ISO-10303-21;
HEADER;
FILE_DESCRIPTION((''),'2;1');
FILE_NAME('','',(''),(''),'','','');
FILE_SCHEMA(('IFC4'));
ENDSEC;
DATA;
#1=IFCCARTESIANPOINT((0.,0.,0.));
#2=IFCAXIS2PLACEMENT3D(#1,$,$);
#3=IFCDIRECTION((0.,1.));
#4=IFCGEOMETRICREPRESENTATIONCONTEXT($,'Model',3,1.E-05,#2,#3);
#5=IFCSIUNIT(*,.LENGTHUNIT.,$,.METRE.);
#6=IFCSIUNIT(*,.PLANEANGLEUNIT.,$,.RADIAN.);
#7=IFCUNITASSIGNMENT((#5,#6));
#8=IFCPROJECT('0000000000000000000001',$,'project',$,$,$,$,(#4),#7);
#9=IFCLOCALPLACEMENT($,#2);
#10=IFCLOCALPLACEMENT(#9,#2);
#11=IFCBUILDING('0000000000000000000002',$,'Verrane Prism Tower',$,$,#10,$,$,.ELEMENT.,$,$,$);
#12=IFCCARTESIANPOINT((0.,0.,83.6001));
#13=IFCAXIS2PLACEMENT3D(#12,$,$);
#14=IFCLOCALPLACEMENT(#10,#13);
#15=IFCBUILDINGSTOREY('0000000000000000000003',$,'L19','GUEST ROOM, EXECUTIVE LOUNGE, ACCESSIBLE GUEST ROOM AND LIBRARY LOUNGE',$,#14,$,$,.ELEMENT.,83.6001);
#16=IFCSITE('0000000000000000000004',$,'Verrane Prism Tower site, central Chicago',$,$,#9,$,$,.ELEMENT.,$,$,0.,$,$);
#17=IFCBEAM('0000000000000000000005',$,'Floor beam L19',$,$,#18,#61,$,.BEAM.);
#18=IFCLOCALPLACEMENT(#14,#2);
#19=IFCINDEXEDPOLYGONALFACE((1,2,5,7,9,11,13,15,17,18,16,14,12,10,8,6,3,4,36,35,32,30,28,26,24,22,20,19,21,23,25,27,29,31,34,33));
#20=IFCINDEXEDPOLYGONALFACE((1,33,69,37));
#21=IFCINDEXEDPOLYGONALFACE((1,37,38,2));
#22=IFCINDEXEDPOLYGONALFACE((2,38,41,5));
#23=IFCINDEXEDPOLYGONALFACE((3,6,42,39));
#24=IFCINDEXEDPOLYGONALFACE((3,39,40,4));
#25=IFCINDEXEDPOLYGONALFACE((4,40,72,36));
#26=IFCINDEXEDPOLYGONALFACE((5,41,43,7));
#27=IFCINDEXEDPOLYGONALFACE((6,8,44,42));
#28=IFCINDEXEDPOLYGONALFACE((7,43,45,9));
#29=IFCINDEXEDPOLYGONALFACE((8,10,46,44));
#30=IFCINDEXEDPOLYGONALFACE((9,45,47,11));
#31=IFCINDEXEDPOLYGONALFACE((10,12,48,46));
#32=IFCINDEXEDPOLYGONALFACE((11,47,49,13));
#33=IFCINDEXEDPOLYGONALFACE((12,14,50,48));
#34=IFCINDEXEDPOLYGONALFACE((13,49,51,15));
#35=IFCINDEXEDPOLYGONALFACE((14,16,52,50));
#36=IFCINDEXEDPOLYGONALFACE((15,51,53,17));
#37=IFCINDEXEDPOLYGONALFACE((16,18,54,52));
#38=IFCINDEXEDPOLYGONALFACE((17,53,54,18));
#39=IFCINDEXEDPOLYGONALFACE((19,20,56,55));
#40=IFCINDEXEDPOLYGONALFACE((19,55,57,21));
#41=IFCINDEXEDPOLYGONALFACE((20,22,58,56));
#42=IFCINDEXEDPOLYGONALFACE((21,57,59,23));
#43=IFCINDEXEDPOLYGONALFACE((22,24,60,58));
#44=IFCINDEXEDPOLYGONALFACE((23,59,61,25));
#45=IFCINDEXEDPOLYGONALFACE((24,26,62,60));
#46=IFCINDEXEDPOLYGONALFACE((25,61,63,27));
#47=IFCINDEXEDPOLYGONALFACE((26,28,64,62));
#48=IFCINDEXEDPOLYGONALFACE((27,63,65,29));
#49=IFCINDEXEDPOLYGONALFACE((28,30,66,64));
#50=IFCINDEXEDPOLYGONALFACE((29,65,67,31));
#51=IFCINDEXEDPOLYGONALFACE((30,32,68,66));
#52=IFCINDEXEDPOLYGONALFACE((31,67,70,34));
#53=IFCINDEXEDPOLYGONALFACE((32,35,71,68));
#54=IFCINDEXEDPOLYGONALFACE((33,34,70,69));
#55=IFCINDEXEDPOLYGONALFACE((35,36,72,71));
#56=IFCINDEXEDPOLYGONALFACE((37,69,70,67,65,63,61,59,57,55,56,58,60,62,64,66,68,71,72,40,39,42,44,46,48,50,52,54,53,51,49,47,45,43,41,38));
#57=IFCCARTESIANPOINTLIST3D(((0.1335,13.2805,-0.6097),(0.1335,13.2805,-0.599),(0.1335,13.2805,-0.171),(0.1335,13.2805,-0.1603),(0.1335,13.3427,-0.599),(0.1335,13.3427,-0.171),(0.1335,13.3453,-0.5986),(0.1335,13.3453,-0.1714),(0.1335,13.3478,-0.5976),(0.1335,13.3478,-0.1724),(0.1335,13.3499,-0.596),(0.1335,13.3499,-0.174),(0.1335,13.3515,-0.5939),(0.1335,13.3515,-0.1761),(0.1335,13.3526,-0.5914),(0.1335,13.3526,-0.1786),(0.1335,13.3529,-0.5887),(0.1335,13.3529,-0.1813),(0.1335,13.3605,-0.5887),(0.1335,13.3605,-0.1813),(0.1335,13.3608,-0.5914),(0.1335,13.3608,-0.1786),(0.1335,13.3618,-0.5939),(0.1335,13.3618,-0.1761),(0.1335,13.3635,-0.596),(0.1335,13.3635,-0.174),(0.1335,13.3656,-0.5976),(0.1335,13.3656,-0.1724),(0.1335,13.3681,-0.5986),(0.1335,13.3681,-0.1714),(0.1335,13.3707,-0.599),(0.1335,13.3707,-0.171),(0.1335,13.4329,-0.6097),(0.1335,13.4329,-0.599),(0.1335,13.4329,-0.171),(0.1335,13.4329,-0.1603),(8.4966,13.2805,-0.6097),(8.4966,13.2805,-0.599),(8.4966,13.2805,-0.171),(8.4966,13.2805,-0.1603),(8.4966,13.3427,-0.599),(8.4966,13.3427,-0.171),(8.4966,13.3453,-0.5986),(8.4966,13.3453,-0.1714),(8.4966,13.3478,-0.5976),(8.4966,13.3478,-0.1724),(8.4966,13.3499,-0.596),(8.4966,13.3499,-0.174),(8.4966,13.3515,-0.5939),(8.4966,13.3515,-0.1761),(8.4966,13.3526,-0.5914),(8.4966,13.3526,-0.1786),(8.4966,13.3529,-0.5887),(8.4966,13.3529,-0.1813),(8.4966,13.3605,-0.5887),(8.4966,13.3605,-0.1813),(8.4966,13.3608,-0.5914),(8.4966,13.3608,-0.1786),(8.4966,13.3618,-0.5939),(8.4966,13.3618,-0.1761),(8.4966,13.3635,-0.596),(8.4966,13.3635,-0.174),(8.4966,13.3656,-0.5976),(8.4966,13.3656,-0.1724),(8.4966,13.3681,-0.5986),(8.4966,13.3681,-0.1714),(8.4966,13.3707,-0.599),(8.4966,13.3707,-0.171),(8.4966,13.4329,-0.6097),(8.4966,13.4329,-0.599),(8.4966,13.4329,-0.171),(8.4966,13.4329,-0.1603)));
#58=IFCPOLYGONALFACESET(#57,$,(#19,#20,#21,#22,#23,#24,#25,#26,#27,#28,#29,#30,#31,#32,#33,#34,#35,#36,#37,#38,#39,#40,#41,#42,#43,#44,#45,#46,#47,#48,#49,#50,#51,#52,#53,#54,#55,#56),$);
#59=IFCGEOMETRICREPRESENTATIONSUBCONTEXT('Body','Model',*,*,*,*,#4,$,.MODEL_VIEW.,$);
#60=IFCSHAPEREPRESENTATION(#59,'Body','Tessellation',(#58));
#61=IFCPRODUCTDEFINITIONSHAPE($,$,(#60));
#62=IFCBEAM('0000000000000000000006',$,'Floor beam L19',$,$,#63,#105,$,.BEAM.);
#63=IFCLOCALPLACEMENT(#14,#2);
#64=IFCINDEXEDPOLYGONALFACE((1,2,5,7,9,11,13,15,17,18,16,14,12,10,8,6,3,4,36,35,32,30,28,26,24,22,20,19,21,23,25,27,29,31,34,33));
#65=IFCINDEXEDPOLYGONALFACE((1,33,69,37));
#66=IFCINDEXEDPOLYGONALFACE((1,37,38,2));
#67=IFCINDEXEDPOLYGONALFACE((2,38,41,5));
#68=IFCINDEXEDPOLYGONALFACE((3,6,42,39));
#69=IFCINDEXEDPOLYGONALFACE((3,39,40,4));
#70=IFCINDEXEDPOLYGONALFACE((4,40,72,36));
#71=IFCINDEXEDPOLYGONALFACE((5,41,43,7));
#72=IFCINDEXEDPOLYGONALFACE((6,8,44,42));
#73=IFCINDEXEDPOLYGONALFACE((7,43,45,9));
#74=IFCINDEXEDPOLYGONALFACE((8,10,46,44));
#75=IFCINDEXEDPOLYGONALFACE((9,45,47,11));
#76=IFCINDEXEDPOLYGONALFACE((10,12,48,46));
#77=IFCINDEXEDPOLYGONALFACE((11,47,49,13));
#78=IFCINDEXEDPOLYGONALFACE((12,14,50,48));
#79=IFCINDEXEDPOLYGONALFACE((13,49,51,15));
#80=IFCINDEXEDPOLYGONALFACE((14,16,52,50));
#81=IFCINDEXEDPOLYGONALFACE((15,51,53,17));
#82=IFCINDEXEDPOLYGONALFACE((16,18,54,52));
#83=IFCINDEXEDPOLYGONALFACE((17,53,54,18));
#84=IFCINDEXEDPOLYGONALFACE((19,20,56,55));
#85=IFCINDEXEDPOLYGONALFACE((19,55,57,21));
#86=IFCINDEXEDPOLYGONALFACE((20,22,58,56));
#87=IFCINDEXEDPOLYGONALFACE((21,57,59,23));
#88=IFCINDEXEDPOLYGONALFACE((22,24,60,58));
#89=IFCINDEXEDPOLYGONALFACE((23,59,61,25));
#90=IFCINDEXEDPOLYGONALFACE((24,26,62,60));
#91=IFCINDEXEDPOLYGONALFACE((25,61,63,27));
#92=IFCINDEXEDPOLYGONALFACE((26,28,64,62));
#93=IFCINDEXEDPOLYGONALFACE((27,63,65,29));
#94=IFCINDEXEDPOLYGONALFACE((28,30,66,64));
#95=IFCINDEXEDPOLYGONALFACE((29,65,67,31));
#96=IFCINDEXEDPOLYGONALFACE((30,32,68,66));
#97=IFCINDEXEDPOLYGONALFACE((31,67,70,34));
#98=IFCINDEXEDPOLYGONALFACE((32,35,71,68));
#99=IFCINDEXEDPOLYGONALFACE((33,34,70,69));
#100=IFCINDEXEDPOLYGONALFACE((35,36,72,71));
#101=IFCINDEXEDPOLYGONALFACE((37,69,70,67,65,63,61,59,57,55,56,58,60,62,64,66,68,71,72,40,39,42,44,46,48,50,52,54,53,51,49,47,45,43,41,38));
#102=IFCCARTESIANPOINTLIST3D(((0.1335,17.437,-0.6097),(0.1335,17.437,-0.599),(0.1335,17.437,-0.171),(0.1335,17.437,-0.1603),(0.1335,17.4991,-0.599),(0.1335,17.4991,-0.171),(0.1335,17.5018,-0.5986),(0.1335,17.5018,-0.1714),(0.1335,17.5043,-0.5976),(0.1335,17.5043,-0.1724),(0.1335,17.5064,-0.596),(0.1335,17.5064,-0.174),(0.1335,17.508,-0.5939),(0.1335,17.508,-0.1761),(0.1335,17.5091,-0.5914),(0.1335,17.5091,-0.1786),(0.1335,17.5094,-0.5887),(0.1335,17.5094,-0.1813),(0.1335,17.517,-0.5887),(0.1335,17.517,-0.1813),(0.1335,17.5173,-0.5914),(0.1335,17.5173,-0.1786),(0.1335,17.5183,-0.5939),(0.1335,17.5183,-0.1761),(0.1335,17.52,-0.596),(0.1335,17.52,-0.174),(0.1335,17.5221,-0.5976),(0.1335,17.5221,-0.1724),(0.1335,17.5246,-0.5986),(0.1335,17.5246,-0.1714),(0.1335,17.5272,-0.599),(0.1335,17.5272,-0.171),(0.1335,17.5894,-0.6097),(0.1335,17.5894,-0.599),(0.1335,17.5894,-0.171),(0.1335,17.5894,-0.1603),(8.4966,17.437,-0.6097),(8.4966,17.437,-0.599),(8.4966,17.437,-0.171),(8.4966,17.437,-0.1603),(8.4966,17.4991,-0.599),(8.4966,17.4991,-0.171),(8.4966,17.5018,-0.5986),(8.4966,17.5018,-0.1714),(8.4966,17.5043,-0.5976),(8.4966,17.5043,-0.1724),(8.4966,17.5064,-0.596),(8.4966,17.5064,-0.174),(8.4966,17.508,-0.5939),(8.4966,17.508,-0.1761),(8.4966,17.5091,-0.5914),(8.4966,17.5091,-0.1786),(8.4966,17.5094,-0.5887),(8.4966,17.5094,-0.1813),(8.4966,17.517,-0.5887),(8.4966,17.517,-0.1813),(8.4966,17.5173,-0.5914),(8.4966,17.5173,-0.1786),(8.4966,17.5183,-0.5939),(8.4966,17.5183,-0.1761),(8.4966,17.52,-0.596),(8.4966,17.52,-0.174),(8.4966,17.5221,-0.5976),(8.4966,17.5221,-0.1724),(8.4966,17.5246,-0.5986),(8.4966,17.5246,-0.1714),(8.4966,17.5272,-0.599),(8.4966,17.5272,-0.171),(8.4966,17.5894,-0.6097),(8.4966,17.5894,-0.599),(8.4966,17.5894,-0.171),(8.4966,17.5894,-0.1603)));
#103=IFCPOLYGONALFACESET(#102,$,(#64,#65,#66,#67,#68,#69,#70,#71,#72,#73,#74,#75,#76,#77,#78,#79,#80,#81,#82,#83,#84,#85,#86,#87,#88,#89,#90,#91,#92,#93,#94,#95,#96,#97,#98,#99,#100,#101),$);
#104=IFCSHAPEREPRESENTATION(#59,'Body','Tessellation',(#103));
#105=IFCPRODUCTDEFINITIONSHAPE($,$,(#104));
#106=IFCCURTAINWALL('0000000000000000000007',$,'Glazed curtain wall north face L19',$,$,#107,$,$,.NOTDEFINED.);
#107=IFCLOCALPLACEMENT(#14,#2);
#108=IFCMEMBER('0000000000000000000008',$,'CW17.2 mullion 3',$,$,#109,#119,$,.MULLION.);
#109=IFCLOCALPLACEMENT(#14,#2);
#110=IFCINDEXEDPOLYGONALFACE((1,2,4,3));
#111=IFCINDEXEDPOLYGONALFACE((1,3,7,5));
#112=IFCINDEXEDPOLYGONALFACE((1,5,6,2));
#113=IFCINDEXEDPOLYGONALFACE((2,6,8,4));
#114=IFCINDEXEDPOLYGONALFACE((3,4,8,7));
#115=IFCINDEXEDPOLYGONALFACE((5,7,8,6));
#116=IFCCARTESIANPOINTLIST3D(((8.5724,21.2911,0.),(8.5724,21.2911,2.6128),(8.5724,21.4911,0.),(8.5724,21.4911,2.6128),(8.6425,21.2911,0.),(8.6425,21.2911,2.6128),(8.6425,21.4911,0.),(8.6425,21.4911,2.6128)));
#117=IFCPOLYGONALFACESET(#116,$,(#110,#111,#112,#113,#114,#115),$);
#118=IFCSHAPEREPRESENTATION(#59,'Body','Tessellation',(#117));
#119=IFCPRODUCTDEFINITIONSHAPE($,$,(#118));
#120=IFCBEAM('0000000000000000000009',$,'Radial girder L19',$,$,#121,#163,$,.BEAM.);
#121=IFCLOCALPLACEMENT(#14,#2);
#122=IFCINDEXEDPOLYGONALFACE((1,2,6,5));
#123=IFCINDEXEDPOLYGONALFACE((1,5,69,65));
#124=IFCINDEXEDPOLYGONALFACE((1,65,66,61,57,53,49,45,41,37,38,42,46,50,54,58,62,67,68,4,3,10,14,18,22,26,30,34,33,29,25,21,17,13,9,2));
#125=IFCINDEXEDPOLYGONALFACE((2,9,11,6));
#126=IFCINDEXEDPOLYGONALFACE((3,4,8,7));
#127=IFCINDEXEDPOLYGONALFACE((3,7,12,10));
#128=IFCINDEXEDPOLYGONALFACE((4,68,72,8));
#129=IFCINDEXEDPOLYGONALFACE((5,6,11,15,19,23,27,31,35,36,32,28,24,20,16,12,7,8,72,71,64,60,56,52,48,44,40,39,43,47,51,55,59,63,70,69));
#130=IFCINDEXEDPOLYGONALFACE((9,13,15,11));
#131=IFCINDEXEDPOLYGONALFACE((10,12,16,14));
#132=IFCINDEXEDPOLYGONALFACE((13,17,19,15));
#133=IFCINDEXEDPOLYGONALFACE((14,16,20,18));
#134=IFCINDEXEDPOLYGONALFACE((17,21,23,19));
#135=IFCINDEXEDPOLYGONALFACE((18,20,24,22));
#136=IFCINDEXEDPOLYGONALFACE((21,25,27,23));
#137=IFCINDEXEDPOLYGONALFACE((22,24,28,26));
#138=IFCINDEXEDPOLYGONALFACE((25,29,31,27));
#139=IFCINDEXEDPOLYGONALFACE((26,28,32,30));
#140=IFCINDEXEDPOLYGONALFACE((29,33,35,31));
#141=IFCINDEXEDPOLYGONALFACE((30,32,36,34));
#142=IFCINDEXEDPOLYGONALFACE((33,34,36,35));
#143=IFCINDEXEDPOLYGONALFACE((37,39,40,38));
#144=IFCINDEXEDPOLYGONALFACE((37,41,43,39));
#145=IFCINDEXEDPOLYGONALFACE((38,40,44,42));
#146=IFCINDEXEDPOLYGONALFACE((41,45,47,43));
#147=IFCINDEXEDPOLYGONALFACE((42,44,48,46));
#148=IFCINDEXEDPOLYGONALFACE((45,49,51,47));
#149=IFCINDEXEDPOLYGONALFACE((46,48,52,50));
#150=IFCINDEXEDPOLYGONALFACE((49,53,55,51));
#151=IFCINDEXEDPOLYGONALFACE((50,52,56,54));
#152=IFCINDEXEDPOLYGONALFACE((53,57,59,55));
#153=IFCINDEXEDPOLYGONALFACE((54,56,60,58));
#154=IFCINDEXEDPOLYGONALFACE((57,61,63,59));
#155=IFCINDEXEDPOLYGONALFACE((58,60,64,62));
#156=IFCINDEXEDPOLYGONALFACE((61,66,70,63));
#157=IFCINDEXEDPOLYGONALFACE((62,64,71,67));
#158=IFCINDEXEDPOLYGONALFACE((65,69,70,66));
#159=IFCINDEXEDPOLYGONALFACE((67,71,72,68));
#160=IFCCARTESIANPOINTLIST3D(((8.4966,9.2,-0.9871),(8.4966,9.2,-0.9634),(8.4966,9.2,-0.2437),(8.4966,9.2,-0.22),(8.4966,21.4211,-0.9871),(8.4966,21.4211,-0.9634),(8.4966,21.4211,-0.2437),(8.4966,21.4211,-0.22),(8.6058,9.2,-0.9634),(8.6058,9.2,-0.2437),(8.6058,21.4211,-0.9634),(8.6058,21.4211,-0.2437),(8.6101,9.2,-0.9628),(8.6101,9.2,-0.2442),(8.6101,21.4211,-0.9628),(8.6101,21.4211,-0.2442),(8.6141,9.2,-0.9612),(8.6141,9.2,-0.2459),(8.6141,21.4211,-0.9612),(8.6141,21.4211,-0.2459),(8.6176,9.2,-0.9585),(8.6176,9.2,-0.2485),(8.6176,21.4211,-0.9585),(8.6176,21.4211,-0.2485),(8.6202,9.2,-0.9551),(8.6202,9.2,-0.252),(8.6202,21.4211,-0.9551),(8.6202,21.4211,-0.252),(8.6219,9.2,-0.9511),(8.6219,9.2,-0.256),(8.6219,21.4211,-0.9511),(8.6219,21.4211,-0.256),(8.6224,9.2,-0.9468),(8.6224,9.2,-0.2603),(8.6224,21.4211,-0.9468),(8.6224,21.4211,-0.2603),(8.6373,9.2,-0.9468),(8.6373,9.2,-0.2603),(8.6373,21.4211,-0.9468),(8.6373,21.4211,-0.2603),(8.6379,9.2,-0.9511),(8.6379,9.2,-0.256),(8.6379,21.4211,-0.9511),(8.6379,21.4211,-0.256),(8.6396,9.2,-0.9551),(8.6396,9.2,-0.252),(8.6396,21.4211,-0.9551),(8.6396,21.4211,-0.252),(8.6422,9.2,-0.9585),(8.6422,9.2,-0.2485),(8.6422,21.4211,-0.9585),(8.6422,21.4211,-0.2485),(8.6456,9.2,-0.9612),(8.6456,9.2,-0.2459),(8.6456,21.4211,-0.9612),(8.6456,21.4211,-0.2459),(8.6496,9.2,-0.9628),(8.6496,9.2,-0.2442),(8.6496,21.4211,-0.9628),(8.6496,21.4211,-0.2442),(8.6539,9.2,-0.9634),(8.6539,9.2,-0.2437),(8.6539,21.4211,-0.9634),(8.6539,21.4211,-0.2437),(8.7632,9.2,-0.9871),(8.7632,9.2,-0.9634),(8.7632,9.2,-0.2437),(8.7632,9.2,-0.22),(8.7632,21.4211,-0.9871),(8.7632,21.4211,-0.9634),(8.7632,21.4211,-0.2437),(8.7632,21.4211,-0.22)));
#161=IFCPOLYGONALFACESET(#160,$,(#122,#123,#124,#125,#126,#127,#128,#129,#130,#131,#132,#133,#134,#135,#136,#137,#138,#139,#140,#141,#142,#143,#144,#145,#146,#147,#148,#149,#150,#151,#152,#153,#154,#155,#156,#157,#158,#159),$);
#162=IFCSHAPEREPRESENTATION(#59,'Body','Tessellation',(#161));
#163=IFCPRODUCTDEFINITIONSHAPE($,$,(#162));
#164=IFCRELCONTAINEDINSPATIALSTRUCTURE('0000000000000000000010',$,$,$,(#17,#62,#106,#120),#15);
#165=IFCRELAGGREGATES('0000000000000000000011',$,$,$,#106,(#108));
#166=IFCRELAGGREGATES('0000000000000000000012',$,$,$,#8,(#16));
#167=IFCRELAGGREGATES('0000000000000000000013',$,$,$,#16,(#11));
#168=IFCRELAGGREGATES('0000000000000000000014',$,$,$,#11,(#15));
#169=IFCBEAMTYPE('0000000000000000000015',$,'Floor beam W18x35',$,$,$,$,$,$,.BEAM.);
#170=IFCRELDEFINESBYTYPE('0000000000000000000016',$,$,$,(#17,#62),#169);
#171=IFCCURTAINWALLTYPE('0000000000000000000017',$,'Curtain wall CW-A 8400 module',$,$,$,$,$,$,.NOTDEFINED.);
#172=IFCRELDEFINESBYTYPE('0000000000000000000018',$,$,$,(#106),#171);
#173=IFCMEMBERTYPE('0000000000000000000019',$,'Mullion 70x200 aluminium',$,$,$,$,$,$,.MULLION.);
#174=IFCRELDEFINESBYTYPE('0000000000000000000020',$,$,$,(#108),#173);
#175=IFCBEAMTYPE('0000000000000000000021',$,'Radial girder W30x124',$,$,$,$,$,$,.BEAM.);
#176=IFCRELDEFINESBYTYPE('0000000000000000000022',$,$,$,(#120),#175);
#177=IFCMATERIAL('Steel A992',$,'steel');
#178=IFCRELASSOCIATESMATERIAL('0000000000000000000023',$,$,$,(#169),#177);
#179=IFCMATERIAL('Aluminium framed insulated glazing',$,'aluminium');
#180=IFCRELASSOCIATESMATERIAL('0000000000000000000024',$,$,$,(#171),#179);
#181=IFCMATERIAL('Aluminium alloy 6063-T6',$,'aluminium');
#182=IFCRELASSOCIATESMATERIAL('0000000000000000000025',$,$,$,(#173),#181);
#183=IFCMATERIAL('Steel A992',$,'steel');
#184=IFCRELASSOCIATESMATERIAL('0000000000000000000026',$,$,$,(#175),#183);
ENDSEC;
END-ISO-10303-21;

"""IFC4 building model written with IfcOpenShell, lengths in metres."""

from ifc_helpers import new_model, si_unit, direction, frame, origin, origin_2d, place, context, subcontext, project, spatial, rectangle, i_section, extrude, material, material_profile, profile_set, type_object, element, aggregate, save


model = new_model("IFC4")

# Units and contexts
model_context = context("Model", 3, precision=1e-05, world=origin(), true_north=direction((0.0, 1.0)))
body_context = subcontext(model_context, "Body", "Model", "MODEL_VIEW")
ifc_project = project(units=[si_unit("LENGTHUNIT", "METRE"), si_unit("PLANEANGLEUNIT", "RADIAN")], contexts=[model_context])

# Site, building, storey
site_placement = place(None, origin())
site = spatial("IfcSite", under=ifc_project, at=site_placement, Name="Verrane Prism Tower site, central Chicago", CompositionType="ELEMENT", RefElevation=0.0)
building_placement = place(site_placement, origin())
building = spatial("IfcBuilding", under=site, at=building_placement, Name="Verrane Prism Tower", CompositionType="ELEMENT")
storey_placement = place(building_placement, frame((0.0, 0.0, 83.6001)))
storey = spatial("IfcBuildingStorey", under=building, at=storey_placement, Name="L19", Description="GUEST ROOM, EXECUTIVE LOUNGE, ACCESSIBLE GUEST ROOM AND LIBRARY LOUNGE", CompositionType="ELEMENT", Elevation=83.6001)

# Beams
ifc_material_1 = material(Name="Steel A992", Category="steel")
ifc_material_profile_1 = material_profile(ifc_material_1, i_section(OverallWidth=0.1523, OverallDepth=0.4495, WebThickness=0.0076, FlangeThickness=0.0107, FilletRadius=0.0103, at=origin_2d()), Name="W18x35")
ifc_profile_set_1 = profile_set([ifc_material_profile_1], Name="Steel A992")
beam_type_1 = type_object("IfcBeamType", Name="Floor beam W18x35", PredefinedType="BEAM", material=ifc_profile_set_1)
for number, where, z_axis, x_axis, name in (
    (1, (0.1335, 13.3567, -0.385), (1.0, 0.0, 0.0), (0.0, 1.0, 0.0), "Floor beam L19"),
    (2, (0.1335, 17.5132, -0.385), (1.0, 0.0, 0.0), (0.0, 1.0, 0.0), "Floor beam L19"),
):
    element("IfcBeam", number, at=place(storey_placement, frame(where, z_axis=z_axis, x_axis=x_axis)), inside=storey, type_object=beam_type_1, Name=name, PredefinedType="BEAM", context=body_context, shape_type="SweptSolid", body=[
        extrude(i_section(OverallWidth=0.1523, OverallDepth=0.4495, WebThickness=0.0076, FlangeThickness=0.0107, FilletRadius=0.0103, at=origin_2d()), origin(), (0.0, 0.0, 1.0), 8.363),
    ])

# Curtain wall, member
ifc_material_2 = material(Name="Aluminium framed insulated glazing", Category="aluminium")
curtain_wall_type = type_object("IfcCurtainWallType", Name="Curtain wall CW-A 8400 module", PredefinedType="NOTDEFINED", material=ifc_material_2)
curtain_wall_placement = place(storey_placement, origin())
curtain_wall = element("IfcCurtainWall", 3, at=curtain_wall_placement, inside=storey, type_object=curtain_wall_type, Name="Glazed curtain wall north face L19", PredefinedType="NOTDEFINED")
ifc_material_3 = material(Name="Aluminium alloy 6063-T6", Category="aluminium")
ifc_material_profile_2 = material_profile(ifc_material_3, rectangle(XDim=0.2, YDim=0.0701, at=origin_2d()), Name="Mullion 70x200 aluminium")
ifc_profile_set_2 = profile_set([ifc_material_profile_2], Name="Aluminium alloy 6063-T6")
member_type_1 = type_object("IfcMemberType", Name="Mullion 70x200 aluminium", PredefinedType="MULLION", material=ifc_profile_set_2)
member_1_placement = place(storey_placement, frame((8.6074, 21.3911, 0.0), z_axis=(0.0, 0.0, 1.0), x_axis=(0.0, -1.0, 0.0)))
member_1 = element("IfcMember", 4, at=member_1_placement, type_object=member_type_1, Name="CW17.2 mullion 3", PredefinedType="MULLION", context=body_context, shape_type="SweptSolid", body=[
    extrude(rectangle(XDim=0.2, YDim=0.0701, at=origin_2d()), origin(), (0.0, 0.0, 1.0), 2.6128),
])

# Beam
ifc_material_4 = material(Name="Steel A992", Category="steel")
ifc_material_profile_3 = material_profile(ifc_material_4, i_section(OverallWidth=0.2666, OverallDepth=0.7671, WebThickness=0.0149, FlangeThickness=0.0237, FilletRadius=0.0166, at=origin_2d()), Name="W30x124")
ifc_profile_set_3 = profile_set([ifc_material_profile_3], Name="Steel A992")
beam_type_2 = type_object("IfcBeamType", Name="Radial girder W30x124", PredefinedType="BEAM", material=ifc_profile_set_3)
beam_1_placement = place(storey_placement, frame((8.6299, 21.4211, -0.6035), z_axis=(0.0, -1.0, 0.0), x_axis=(1.0, 0.0, 0.0)))
element("IfcBeam", 5, at=beam_1_placement, inside=storey, type_object=beam_type_2, Name="Radial girder L19", PredefinedType="BEAM", context=body_context, shape_type="SweptSolid", body=[
    extrude(i_section(OverallWidth=0.2666, OverallDepth=0.7671, WebThickness=0.0149, FlangeThickness=0.0237, FilletRadius=0.0166, at=origin_2d()), origin(), (0.0, 0.0, 1.0), 12.2212),
])

aggregate(curtain_wall, [member_1])

save(model, "model.ifc")
